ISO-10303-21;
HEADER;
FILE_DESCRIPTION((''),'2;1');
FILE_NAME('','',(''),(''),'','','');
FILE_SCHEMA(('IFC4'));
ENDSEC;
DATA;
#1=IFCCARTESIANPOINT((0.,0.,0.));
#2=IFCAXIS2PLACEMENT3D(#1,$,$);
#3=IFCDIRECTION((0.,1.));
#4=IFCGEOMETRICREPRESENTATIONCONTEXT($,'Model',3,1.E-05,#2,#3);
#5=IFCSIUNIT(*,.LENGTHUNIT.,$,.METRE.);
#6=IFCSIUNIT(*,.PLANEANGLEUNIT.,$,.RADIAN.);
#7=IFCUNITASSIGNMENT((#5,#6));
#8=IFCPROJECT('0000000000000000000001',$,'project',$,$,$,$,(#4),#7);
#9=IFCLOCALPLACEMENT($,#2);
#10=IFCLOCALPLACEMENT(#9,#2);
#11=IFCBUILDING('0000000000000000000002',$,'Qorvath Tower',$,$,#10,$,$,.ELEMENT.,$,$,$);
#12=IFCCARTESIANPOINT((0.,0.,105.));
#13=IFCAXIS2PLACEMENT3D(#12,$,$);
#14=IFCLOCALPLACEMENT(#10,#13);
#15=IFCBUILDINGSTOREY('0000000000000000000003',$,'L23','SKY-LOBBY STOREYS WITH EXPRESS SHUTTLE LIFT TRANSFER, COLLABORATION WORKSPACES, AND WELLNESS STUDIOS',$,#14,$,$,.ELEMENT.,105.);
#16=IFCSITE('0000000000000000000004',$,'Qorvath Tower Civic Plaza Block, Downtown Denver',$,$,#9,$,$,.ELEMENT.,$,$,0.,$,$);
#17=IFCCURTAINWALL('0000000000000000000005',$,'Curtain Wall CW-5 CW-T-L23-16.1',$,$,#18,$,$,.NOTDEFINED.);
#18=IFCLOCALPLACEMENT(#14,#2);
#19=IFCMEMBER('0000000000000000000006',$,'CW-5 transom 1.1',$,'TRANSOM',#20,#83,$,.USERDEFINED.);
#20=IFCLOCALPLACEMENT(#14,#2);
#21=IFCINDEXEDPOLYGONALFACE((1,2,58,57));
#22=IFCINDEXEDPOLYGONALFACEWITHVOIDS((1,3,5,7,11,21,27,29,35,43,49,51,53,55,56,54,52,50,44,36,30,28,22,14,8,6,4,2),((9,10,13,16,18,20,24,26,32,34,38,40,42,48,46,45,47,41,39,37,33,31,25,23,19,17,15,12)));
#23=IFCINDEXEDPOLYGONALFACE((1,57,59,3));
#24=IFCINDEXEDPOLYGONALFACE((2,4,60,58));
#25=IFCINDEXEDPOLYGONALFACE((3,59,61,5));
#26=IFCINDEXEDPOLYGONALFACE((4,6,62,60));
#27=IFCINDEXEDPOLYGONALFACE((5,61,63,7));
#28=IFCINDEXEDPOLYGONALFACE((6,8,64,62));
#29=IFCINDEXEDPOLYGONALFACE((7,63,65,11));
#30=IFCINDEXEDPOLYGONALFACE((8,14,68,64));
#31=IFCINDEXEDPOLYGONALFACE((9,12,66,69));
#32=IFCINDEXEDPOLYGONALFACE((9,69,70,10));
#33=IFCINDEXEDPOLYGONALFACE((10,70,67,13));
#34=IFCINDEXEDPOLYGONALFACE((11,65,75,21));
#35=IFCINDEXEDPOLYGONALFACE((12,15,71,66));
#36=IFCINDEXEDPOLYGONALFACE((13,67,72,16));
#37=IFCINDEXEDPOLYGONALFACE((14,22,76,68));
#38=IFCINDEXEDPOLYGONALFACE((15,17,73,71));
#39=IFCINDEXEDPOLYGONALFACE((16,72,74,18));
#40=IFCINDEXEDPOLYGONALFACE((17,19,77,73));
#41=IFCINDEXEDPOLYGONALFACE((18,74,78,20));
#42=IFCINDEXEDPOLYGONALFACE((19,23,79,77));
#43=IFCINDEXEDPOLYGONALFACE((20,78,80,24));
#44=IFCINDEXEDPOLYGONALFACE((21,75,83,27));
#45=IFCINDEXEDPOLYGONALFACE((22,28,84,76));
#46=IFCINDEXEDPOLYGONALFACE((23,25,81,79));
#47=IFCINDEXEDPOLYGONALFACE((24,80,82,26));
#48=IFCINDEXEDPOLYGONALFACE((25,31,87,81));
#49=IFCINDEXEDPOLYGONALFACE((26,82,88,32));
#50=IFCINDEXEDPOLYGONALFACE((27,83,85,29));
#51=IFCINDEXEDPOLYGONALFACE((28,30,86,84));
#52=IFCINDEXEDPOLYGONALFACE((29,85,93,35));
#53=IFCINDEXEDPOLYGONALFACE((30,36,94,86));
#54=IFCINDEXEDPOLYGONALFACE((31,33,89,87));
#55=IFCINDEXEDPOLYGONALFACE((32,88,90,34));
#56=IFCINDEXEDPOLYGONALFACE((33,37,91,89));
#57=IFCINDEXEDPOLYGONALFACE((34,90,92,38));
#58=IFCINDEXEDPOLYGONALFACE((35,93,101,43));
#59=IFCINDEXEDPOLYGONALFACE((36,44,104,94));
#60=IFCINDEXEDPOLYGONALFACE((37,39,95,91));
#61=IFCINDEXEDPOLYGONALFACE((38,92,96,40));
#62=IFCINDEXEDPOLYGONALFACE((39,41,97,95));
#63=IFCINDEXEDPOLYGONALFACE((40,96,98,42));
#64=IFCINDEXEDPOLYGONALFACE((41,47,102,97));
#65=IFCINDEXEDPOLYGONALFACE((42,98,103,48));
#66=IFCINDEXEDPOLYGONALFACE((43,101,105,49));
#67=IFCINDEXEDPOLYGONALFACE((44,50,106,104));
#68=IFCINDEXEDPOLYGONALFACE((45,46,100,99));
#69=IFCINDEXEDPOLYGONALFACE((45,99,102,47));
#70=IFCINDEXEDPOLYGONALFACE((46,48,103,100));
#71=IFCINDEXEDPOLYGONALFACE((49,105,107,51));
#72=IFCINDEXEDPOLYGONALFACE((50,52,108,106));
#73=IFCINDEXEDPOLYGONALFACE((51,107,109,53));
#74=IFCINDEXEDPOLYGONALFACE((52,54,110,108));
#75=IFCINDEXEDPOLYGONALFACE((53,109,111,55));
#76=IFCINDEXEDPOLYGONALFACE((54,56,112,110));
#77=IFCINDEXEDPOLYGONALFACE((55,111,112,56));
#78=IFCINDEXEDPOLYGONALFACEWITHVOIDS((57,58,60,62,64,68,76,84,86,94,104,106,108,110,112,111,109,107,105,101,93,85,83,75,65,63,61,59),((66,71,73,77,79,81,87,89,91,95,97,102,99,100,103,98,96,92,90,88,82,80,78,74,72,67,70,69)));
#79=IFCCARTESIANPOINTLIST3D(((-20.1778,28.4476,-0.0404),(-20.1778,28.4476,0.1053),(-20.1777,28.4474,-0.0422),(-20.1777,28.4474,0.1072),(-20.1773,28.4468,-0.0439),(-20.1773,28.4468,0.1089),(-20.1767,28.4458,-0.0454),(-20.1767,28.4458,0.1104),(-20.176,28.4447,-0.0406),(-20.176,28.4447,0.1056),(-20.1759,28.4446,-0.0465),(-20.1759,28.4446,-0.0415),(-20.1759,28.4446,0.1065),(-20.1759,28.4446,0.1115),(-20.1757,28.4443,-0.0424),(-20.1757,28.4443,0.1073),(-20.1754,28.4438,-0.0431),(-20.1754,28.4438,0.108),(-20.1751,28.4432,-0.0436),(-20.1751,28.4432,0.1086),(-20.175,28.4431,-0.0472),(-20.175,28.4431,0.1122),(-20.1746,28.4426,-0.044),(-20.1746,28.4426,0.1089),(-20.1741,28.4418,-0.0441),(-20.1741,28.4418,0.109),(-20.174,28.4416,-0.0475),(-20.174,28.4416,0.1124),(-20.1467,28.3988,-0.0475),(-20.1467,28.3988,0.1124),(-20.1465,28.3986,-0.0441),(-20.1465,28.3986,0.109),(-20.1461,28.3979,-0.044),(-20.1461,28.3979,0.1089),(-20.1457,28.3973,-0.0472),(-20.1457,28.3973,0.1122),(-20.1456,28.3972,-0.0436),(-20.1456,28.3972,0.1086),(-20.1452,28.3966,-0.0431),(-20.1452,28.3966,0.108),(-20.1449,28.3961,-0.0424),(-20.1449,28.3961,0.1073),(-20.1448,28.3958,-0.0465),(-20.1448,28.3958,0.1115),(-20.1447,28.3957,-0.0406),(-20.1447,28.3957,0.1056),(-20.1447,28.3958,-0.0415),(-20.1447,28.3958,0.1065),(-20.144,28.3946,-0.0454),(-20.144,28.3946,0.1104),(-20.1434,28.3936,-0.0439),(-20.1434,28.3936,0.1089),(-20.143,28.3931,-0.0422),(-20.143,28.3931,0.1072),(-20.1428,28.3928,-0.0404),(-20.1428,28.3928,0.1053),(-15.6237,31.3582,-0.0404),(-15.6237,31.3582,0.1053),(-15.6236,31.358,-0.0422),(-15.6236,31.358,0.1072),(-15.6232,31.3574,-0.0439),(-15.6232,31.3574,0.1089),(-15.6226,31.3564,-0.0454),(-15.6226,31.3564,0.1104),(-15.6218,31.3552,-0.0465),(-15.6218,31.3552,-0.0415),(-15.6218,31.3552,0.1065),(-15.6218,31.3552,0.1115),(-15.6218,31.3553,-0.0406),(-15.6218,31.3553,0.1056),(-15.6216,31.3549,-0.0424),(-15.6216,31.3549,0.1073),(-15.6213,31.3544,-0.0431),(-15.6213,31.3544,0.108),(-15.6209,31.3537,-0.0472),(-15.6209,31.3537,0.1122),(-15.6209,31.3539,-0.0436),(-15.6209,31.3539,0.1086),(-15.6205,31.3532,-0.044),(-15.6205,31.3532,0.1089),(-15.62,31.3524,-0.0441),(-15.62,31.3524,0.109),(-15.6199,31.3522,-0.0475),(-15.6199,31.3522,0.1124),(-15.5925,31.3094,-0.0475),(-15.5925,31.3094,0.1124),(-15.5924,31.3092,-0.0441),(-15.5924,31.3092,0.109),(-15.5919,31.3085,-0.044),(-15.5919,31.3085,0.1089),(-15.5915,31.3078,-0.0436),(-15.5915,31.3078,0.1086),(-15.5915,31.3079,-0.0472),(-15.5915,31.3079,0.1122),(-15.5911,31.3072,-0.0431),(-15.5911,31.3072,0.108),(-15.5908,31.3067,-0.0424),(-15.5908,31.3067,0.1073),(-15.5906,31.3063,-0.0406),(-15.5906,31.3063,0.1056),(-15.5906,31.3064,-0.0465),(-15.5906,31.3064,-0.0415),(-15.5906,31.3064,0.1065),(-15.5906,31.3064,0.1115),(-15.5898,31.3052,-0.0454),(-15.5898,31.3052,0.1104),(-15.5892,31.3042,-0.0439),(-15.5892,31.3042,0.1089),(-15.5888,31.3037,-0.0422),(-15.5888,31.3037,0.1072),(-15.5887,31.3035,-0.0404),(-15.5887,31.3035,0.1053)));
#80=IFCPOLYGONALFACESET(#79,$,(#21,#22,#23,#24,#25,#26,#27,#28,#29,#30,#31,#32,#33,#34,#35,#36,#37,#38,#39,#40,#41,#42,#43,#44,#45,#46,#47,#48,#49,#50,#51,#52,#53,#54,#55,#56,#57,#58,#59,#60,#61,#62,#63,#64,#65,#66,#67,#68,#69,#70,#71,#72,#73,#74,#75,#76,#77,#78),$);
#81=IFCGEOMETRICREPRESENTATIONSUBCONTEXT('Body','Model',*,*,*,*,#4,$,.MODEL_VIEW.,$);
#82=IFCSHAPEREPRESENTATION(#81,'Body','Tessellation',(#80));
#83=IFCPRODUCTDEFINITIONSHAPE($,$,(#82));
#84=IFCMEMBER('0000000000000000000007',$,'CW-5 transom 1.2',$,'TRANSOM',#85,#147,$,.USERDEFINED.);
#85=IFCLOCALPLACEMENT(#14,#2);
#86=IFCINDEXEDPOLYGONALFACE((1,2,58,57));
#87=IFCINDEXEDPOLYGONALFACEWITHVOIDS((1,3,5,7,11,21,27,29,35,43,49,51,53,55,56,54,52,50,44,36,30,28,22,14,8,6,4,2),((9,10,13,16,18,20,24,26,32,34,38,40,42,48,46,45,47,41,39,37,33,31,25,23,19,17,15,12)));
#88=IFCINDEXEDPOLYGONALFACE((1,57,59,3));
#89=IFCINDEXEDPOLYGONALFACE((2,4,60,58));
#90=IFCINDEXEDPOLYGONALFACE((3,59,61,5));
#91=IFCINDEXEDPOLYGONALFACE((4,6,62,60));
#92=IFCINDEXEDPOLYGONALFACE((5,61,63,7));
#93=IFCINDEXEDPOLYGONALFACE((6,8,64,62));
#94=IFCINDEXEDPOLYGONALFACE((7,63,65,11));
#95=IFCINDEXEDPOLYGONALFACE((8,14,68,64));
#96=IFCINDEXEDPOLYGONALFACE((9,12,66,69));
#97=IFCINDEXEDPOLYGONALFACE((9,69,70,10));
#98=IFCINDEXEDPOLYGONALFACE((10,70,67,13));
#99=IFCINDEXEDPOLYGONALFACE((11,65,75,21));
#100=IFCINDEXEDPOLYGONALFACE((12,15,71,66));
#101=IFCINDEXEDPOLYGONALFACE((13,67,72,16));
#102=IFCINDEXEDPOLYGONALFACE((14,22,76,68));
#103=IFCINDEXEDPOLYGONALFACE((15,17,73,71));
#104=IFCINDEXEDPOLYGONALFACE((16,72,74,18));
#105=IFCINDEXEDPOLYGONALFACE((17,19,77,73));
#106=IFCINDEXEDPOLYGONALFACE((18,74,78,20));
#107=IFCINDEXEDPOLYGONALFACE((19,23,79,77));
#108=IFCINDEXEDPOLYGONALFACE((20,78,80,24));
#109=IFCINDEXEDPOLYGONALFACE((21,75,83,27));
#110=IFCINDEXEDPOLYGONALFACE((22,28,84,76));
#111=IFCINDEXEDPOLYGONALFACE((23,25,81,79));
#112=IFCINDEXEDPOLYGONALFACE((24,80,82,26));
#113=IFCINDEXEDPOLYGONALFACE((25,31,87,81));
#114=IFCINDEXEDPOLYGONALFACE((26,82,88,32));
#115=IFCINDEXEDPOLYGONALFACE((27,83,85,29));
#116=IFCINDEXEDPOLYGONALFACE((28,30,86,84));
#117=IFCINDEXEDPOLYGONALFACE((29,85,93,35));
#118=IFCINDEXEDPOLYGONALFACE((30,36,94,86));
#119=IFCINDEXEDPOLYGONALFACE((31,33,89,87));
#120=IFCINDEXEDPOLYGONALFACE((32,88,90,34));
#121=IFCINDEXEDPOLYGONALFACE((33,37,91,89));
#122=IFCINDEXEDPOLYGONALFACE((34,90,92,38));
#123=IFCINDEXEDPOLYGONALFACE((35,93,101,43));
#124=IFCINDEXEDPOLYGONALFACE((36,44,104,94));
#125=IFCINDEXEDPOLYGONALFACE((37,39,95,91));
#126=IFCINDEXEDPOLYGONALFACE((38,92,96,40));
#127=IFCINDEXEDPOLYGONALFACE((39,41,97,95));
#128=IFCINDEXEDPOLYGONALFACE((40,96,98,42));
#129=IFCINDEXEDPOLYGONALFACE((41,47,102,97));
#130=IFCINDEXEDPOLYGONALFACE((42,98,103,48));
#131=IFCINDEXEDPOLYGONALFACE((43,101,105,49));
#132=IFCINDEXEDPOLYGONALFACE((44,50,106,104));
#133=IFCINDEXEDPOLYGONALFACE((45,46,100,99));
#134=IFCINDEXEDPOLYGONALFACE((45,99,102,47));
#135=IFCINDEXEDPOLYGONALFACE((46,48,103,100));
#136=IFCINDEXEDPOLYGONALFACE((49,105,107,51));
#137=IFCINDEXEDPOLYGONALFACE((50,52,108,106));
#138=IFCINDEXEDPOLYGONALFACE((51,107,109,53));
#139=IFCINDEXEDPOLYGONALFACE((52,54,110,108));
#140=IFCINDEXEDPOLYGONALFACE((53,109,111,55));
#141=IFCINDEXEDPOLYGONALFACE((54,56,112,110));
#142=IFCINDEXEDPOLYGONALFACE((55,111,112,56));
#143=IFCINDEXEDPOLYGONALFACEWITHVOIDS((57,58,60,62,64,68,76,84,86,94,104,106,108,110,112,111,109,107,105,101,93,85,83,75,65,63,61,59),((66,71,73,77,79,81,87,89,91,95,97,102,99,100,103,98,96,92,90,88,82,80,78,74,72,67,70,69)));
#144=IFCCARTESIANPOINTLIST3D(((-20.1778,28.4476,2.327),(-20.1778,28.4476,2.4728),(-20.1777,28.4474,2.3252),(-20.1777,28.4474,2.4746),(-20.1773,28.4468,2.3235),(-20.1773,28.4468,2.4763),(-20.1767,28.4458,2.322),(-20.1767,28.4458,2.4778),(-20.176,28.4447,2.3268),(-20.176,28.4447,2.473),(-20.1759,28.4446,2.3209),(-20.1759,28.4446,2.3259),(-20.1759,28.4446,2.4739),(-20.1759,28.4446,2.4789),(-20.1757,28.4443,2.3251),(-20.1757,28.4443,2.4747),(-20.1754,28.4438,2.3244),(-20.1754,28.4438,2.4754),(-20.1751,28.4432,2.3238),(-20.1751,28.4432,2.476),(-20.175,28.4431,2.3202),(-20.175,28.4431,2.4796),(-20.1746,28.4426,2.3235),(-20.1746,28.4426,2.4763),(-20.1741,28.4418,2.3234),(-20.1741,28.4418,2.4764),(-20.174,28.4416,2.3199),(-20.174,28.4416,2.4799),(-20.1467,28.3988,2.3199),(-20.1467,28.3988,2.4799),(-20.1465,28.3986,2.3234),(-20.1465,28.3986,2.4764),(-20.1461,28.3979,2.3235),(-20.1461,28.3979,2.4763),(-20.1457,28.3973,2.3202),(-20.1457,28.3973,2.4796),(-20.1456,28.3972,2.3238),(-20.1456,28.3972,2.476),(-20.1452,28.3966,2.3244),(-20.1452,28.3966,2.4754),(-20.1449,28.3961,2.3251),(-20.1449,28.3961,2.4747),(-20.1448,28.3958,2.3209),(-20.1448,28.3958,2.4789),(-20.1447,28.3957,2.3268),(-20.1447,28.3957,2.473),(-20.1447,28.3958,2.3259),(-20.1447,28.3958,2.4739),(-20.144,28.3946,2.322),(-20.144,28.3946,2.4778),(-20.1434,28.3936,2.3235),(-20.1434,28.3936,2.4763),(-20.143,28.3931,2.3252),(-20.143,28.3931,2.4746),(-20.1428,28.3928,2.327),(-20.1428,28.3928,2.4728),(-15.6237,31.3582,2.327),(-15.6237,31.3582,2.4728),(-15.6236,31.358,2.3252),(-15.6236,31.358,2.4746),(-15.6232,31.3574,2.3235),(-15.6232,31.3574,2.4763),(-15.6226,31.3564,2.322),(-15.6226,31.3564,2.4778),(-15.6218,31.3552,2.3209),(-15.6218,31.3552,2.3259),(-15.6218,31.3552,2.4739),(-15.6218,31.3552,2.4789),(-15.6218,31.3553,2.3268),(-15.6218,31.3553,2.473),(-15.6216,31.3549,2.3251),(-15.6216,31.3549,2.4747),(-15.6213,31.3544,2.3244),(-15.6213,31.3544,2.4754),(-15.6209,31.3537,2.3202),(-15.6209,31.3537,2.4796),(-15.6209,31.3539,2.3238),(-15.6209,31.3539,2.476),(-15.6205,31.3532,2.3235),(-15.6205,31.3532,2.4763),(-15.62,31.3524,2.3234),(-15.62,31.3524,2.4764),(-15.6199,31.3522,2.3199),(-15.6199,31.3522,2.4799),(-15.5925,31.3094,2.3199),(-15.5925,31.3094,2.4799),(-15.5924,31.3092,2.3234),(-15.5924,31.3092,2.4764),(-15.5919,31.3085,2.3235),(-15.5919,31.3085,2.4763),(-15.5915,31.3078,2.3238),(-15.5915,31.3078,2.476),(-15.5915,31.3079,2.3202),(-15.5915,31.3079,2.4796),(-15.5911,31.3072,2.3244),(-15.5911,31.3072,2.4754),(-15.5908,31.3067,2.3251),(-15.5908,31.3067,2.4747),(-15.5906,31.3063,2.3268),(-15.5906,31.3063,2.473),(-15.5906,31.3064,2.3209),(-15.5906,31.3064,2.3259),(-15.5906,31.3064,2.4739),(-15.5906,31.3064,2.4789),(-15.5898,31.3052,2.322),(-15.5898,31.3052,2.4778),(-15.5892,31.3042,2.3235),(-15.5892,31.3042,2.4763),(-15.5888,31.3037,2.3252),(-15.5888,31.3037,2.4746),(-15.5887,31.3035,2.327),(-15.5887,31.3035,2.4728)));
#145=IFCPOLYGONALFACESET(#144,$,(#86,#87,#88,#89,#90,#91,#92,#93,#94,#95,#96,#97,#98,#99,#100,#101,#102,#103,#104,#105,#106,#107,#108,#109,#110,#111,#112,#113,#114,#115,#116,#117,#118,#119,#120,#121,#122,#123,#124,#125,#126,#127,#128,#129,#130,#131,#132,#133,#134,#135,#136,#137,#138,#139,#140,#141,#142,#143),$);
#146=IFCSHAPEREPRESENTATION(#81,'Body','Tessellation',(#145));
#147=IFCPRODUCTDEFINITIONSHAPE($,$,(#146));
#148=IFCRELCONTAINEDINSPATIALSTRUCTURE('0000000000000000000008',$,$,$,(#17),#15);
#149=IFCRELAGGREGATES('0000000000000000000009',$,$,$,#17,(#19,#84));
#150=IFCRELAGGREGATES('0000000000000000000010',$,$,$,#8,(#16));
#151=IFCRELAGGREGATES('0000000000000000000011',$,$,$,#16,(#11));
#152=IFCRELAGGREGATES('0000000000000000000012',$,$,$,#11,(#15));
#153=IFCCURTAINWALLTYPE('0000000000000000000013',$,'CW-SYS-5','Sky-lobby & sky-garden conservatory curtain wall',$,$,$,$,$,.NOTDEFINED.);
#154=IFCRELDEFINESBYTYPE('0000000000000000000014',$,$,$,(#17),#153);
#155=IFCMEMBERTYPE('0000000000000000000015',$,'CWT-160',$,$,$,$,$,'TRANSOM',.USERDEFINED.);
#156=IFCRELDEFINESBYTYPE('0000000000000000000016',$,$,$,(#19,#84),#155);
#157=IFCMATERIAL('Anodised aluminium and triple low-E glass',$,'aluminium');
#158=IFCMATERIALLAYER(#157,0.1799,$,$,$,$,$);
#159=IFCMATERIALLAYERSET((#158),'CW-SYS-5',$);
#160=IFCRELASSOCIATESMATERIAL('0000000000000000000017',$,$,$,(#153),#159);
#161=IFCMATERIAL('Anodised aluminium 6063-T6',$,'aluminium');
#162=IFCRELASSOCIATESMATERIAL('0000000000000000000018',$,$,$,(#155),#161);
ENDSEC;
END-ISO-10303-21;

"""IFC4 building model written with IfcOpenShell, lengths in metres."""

from ifc_helpers import new_model, si_unit, direction, frame, origin, origin_2d, place, context, subcontext, project, spatial, hollow_rectangle, extrude, material, layer, layer_set, material_profile, profile_set, type_object, element, aggregate, save


model = new_model("IFC4")

# Units and contexts
model_context = context("Model", 3, precision=1e-05, world=origin(), true_north=direction((0.0, 1.0)))
body_context = subcontext(model_context, "Body", "Model", "MODEL_VIEW")
ifc_project = project(units=[si_unit("LENGTHUNIT", "METRE"), si_unit("PLANEANGLEUNIT", "RADIAN")], contexts=[model_context])

# Site, building, storey
site_placement = place(None, origin())
site = spatial("IfcSite", under=ifc_project, at=site_placement, Name="Qorvath Tower Civic Plaza Block, Downtown Denver", CompositionType="ELEMENT", RefElevation=0.0)
building_placement = place(site_placement, origin())
building = spatial("IfcBuilding", under=site, at=building_placement, Name="Qorvath Tower", CompositionType="ELEMENT")
storey_placement = place(building_placement, frame((0.0, 0.0, 105.0)))
storey = spatial("IfcBuildingStorey", under=building, at=storey_placement, Name="L23", Description="SKY-LOBBY STOREYS WITH EXPRESS SHUTTLE LIFT TRANSFER, COLLABORATION WORKSPACES, AND WELLNESS STUDIOS", CompositionType="ELEMENT", Elevation=105.0)

# Shared definitions
ifc_material_1 = material(Name="Anodised aluminium and triple low-E glass", Category="aluminium")
ifc_layer_1 = layer(ifc_material_1, 0.1799)
ifc_layer_set_1 = layer_set([ifc_layer_1], Name="CW-SYS-5")
curtain_wall_type = type_object("IfcCurtainWallType", Name="CW-SYS-5", Description="Sky-lobby & sky-garden conservatory curtain wall", PredefinedType="NOTDEFINED", material=ifc_layer_set_1)

# Curtain wall
curtain_wall_1_placement = place(storey_placement, origin())
curtain_wall_1 = element("IfcCurtainWall", 1, at=curtain_wall_1_placement, inside=storey, type_object=curtain_wall_type, Name="Curtain Wall CW-5 CW-T-L23-16.1", PredefinedType="NOTDEFINED")

# Members
ifc_material_2 = material(Name="Anodised aluminium 6063-T6", Category="aluminium")
ifc_material_profile_1 = material_profile(ifc_material_2, hollow_rectangle(XDim=0.0649, YDim=0.1599, WallThickness=0.0034, InnerFilletRadius=0.0034, OuterFilletRadius=0.0071, at=origin_2d()), Name="CWT 160x65")
ifc_profile_set_1 = profile_set([ifc_material_profile_1], Name="Anodised aluminium 6063-T6")
member_type_1 = type_object("IfcMemberType", Name="CWT-160", ElementType="TRANSOM", PredefinedType="USERDEFINED", material=ifc_profile_set_1)
member_1_placement = place(storey_placement, frame((-15.6062, 31.3308, 0.0325), z_axis=(-0.842611, -0.538523, 0.0), x_axis=(0.538523, -0.842611, 0.0)))
member_1 = element("IfcMember", 2, at=member_1_placement, type_object=member_type_1, Name="CW-5 transom 1.1", ObjectType="TRANSOM", PredefinedType="USERDEFINED", context=body_context, shape_type="SweptSolid", body=[
    extrude(hollow_rectangle(XDim=0.0649, YDim=0.1599, WallThickness=0.0034, InnerFilletRadius=0.0034, OuterFilletRadius=0.0071, at=origin_2d()), origin(), (0.0, 0.0, 1.0), 5.4048),
])
member_2_placement = place(storey_placement, frame((-15.6062, 31.3308, 2.3999), z_axis=(-0.842611, -0.538523, 0.0), x_axis=(0.538523, -0.842611, 0.0)))
member_2 = element("IfcMember", 3, at=member_2_placement, type_object=member_type_1, Name="CW-5 transom 1.2", ObjectType="TRANSOM", PredefinedType="USERDEFINED", context=body_context, shape_type="SweptSolid", body=[
    extrude(hollow_rectangle(XDim=0.0649, YDim=0.1599, WallThickness=0.0034, InnerFilletRadius=0.0034, OuterFilletRadius=0.0071, at=origin_2d()), origin(), (0.0, 0.0, 1.0), 5.4048),
])

aggregate(curtain_wall_1, [member_1, member_2])

save(model, "model.ifc")
